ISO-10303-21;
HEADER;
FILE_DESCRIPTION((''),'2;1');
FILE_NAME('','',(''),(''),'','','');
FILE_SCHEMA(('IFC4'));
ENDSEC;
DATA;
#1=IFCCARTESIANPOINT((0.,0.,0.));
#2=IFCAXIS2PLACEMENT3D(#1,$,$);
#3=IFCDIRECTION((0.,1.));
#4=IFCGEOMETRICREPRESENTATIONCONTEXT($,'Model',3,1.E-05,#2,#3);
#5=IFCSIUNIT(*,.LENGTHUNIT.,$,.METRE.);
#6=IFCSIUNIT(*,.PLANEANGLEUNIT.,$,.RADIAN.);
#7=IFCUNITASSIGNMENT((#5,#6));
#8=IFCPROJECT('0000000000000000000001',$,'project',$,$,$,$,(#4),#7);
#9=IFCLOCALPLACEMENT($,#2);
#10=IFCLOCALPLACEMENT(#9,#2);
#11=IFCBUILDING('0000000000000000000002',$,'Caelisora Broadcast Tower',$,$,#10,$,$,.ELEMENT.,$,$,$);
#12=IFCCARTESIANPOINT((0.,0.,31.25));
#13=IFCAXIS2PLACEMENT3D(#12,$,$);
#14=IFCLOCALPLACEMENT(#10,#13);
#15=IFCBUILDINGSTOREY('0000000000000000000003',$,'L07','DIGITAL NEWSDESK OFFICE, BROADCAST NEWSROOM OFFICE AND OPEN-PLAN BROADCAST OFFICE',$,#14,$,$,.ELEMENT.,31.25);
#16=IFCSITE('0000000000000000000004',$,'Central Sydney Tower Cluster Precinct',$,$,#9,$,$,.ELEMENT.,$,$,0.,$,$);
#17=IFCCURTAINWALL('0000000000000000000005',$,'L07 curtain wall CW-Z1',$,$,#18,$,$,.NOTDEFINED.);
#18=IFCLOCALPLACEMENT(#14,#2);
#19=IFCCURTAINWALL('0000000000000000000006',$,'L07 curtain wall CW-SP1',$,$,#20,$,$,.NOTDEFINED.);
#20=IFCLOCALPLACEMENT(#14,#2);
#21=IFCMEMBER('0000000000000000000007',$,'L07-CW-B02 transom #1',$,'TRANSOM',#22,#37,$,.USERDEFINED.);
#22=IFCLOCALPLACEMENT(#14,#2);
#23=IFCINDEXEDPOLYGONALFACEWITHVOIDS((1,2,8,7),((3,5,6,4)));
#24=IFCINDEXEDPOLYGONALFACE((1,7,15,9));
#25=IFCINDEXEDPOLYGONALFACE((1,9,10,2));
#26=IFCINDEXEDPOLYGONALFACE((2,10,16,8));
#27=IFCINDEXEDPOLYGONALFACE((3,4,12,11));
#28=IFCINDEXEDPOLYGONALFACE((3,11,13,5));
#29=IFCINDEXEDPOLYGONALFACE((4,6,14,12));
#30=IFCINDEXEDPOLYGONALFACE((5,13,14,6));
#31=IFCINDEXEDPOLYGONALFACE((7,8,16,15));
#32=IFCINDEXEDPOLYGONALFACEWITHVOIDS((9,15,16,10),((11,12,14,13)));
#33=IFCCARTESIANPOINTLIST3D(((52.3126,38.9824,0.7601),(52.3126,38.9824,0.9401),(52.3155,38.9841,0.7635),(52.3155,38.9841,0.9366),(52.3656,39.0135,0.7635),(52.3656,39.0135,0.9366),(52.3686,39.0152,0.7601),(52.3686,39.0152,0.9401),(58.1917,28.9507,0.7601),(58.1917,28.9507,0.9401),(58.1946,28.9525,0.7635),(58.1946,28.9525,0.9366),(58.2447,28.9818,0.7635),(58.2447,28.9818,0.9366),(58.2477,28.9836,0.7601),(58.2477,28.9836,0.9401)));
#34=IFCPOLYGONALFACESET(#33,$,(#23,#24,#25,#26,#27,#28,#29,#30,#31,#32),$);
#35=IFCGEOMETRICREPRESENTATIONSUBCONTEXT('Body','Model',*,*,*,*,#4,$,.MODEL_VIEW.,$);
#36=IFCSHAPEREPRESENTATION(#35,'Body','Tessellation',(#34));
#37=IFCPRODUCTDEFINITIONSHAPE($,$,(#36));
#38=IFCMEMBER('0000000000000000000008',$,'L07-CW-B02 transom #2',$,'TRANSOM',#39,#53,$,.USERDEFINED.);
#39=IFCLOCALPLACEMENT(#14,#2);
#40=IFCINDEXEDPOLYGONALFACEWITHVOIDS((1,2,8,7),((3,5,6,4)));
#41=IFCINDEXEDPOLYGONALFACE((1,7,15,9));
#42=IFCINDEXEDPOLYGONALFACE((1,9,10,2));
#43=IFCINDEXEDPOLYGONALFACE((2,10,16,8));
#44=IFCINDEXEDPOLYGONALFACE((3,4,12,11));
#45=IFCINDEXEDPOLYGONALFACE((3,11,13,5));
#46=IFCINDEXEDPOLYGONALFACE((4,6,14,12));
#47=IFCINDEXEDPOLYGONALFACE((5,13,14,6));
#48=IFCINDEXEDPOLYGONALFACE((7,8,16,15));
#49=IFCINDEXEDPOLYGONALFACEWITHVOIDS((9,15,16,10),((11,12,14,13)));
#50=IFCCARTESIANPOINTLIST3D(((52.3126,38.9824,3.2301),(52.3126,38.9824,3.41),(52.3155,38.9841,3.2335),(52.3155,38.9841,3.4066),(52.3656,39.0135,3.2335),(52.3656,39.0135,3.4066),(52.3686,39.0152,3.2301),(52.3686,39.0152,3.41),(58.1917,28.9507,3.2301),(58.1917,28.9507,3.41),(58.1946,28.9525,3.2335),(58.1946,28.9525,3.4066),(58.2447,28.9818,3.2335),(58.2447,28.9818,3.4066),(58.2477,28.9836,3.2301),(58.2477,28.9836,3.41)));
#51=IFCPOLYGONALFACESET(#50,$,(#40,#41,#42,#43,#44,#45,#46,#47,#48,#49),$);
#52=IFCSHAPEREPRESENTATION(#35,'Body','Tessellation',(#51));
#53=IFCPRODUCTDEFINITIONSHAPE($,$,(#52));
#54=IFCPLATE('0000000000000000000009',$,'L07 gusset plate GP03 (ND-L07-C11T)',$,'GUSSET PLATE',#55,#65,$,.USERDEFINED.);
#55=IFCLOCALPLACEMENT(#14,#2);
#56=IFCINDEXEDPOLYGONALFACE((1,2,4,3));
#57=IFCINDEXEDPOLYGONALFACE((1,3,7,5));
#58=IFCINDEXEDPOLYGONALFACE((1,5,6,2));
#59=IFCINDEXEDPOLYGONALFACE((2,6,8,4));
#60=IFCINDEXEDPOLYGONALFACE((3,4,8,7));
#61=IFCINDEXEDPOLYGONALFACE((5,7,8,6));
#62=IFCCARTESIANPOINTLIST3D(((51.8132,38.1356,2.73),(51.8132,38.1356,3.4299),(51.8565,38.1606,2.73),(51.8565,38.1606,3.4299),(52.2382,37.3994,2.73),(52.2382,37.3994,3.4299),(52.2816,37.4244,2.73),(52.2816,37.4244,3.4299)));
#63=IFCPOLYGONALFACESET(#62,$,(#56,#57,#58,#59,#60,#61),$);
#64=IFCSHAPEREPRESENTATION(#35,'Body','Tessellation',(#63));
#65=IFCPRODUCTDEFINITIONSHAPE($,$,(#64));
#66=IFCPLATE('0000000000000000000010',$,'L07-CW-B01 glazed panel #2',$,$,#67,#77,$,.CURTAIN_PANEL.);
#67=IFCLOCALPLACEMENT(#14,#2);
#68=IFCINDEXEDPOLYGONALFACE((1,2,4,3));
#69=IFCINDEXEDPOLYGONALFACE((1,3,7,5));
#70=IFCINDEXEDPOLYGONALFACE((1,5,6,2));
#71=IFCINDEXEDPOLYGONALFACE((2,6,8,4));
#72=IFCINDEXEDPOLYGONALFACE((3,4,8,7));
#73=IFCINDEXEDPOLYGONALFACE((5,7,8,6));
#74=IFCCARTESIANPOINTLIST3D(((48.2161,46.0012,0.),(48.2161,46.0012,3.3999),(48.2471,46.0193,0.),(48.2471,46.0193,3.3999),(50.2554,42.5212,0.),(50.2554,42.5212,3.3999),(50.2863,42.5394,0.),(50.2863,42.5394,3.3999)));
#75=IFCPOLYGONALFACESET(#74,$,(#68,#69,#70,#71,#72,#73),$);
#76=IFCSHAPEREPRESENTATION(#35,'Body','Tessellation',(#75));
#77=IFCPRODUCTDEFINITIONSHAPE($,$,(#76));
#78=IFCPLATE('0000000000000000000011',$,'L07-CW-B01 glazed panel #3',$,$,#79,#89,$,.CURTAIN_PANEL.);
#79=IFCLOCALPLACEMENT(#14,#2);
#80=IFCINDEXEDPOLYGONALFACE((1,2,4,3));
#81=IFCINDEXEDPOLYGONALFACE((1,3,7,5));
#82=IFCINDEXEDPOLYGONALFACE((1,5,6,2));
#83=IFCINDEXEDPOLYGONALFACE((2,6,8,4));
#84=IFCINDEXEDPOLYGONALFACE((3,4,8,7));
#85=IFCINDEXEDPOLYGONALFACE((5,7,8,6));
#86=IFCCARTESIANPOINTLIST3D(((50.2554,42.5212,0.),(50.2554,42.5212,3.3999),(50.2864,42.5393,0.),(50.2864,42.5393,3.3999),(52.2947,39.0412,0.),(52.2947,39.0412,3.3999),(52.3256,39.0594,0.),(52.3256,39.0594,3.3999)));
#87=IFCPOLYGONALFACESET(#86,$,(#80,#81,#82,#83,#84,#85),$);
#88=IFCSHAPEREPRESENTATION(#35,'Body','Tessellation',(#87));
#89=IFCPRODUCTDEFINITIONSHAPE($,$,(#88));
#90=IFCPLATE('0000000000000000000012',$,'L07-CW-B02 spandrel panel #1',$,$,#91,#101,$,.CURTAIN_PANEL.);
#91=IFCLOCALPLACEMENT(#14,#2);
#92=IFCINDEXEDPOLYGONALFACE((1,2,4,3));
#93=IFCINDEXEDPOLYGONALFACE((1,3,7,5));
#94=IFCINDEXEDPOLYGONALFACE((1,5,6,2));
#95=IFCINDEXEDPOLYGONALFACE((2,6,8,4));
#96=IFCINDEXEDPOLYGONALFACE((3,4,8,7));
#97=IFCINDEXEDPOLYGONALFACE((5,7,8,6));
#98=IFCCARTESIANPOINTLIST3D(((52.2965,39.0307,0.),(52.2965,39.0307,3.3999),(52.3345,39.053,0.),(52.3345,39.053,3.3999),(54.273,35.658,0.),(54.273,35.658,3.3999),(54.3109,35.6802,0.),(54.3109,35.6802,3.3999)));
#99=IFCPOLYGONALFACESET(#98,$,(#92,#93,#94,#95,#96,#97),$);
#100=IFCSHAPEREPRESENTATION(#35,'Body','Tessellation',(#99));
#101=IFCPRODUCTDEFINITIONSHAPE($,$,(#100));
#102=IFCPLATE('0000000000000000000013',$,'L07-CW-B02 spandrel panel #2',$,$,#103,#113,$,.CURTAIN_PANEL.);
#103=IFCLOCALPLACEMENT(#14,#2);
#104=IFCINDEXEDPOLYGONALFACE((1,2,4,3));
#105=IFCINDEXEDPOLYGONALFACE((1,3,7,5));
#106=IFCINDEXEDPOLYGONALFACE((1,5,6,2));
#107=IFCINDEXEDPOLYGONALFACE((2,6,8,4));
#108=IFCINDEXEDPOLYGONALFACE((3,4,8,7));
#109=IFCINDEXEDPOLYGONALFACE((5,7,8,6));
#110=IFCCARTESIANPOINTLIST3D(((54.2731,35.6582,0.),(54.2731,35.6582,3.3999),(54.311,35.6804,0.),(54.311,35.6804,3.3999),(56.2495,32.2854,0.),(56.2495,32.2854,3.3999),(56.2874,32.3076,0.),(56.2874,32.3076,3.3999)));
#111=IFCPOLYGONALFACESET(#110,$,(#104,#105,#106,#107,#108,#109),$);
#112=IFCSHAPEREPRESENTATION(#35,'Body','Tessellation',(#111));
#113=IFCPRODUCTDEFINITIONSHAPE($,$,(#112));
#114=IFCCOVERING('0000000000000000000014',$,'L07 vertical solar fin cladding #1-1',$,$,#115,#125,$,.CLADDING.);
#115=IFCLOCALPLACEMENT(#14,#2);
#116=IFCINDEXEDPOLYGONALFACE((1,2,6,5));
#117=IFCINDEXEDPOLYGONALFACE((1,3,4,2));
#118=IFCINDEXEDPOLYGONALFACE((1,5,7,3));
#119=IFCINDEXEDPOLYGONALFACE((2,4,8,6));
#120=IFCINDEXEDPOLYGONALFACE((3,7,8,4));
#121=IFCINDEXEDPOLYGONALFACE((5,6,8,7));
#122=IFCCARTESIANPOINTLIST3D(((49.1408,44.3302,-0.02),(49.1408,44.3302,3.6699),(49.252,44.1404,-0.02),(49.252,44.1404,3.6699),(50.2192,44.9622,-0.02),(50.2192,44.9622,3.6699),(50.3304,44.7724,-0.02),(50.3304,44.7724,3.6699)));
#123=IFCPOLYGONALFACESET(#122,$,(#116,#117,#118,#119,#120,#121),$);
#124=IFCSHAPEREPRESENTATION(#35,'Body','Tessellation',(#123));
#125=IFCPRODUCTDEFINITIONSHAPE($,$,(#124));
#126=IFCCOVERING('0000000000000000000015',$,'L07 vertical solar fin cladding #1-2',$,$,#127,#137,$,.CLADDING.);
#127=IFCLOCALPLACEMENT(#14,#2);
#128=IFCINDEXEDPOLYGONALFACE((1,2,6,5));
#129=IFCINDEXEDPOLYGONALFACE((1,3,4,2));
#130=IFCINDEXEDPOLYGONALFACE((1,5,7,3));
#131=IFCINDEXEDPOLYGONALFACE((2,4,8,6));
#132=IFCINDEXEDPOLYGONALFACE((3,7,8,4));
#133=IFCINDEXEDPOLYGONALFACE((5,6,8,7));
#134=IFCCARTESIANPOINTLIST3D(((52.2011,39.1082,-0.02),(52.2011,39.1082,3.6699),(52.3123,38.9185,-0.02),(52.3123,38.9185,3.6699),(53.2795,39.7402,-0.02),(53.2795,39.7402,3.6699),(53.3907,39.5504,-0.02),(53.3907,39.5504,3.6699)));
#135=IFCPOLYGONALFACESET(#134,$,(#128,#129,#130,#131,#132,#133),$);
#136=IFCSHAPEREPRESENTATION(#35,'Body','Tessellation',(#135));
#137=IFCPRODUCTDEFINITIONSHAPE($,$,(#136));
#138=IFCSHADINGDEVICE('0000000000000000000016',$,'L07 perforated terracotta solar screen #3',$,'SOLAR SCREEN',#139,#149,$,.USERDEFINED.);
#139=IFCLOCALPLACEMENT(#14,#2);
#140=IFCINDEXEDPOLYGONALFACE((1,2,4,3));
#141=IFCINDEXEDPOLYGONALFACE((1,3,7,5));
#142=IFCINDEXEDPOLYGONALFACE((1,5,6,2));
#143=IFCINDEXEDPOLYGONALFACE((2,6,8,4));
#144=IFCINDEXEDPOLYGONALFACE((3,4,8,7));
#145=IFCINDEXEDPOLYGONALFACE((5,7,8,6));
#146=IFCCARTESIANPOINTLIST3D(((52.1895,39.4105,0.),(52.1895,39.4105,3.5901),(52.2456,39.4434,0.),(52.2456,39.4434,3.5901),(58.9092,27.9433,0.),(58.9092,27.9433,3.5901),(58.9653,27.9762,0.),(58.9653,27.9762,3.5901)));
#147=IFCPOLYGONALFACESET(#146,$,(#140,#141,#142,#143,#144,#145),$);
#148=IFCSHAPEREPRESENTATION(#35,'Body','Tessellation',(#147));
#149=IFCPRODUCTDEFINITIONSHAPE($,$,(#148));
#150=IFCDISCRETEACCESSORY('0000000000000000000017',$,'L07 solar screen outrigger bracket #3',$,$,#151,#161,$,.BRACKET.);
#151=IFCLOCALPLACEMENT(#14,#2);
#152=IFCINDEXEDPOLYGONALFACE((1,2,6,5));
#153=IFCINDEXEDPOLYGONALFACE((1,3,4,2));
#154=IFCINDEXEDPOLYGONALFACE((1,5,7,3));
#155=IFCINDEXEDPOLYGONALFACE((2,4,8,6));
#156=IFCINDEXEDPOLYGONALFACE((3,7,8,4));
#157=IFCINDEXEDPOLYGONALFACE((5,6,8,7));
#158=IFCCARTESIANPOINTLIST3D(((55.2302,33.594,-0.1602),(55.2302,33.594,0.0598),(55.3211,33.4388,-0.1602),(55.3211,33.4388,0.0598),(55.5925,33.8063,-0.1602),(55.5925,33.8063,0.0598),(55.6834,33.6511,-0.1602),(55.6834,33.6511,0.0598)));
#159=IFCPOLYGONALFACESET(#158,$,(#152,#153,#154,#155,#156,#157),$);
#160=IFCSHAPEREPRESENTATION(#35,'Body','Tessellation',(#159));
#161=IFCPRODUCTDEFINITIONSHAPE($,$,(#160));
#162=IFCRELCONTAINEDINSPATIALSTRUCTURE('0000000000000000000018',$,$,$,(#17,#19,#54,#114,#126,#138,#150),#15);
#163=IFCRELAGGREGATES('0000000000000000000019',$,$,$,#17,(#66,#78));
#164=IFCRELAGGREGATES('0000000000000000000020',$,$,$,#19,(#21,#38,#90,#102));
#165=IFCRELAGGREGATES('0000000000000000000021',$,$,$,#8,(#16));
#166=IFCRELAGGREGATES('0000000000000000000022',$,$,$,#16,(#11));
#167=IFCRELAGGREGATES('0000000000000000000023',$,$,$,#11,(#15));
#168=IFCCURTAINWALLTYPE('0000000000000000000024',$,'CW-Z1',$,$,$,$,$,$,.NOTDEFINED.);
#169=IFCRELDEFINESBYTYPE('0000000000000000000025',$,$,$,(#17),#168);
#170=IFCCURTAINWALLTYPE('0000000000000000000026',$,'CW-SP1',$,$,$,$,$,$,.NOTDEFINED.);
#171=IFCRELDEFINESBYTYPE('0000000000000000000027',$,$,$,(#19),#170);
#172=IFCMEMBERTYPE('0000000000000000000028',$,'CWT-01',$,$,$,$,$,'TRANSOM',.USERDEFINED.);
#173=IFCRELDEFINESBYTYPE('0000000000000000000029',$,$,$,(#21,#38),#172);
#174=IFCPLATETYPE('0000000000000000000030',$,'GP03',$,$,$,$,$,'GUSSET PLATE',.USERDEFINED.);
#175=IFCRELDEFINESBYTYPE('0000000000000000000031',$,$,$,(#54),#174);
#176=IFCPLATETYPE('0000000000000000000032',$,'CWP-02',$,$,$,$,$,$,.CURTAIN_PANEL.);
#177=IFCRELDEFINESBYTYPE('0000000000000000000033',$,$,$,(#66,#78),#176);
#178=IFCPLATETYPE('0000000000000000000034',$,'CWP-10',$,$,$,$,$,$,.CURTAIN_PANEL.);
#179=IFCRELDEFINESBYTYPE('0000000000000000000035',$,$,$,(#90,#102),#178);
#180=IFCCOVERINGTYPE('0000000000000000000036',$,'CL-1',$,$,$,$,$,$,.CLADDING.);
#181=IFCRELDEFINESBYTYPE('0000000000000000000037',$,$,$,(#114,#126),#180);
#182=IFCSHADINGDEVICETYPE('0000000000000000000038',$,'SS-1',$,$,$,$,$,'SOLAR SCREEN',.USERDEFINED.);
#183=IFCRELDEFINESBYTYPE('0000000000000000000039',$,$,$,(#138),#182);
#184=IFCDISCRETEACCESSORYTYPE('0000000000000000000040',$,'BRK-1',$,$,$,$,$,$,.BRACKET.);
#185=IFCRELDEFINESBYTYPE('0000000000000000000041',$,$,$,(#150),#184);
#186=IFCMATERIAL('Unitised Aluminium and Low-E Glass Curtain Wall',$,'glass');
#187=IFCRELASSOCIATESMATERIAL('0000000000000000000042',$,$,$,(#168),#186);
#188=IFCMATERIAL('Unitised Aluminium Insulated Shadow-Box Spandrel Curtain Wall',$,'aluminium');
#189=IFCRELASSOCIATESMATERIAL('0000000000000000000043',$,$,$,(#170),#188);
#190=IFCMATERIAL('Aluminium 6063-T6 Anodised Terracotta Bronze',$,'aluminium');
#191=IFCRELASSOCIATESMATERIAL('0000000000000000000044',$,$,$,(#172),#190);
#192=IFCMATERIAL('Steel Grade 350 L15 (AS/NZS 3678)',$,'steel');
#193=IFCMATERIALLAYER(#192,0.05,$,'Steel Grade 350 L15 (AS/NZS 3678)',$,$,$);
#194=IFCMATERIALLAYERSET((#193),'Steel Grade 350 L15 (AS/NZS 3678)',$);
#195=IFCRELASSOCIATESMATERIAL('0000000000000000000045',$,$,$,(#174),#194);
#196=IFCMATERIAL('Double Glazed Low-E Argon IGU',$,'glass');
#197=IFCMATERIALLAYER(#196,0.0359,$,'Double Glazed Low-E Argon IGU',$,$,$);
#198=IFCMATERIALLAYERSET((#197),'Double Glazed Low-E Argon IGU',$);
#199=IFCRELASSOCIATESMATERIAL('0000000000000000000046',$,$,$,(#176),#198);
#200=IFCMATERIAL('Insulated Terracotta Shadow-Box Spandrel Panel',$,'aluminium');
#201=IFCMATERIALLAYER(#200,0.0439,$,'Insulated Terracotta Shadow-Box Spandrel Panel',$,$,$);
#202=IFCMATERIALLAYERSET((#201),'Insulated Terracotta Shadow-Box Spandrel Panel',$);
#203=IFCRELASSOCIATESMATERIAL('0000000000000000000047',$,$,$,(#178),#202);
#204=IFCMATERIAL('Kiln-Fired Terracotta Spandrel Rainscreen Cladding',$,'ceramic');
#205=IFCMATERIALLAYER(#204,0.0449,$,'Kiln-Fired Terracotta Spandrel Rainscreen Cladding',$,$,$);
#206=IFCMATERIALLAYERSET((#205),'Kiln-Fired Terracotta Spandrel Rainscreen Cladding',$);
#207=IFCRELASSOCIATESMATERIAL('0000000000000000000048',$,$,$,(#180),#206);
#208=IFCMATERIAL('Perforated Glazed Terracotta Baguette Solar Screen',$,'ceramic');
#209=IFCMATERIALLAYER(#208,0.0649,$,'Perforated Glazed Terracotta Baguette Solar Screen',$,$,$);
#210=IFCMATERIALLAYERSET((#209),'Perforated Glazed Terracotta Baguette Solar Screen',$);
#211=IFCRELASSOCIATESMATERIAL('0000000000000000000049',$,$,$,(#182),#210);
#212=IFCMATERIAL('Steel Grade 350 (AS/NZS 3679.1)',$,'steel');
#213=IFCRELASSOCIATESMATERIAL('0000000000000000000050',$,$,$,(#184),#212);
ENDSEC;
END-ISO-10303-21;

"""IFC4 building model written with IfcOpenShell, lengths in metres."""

from ifc_helpers import new_model, si_unit, direction, frame, origin, origin_2d, place, context, subcontext, project, spatial, rectangle, hollow_rectangle, extrude, source, transform, mapped, material, layer, layer_set, material_profile, profile_set, type_object, type_shapes, element, aggregate, save


model = new_model("IFC4")

# Units and contexts
model_context = context("Model", 3, precision=1e-05, world=origin(), true_north=direction((0.0, 1.0)))
body_context = subcontext(model_context, "Body", "Model", "MODEL_VIEW")
ifc_project = project(units=[si_unit("LENGTHUNIT", "METRE"), si_unit("PLANEANGLEUNIT", "RADIAN")], contexts=[model_context])

# Site, building, storey
site_placement = place(None, origin())
site = spatial("IfcSite", under=ifc_project, at=site_placement, Name="Central Sydney Tower Cluster Precinct", CompositionType="ELEMENT", RefElevation=0.0)
building_placement = place(site_placement, origin())
building = spatial("IfcBuilding", under=site, at=building_placement, Name="Caelisora Broadcast Tower", CompositionType="ELEMENT")
storey_placement = place(building_placement, frame((0.0, 0.0, 31.25)))
storey = spatial("IfcBuildingStorey", under=building, at=storey_placement, Name="L07", Description="DIGITAL NEWSDESK OFFICE, BROADCAST NEWSROOM OFFICE AND OPEN-PLAN BROADCAST OFFICE", CompositionType="ELEMENT", Elevation=31.25)

# Shared definitions
ifc_material_1 = material(Name="Steel Grade 350 L15 (AS/NZS 3678)", Category="steel")

# Shared definitions
ifc_material_2 = material(Name="Steel Grade 350 (AS/NZS 3679.1)", Category="steel")

# Curtain walls, members
ifc_material_3 = material(Name="Unitised Aluminium and Low-E Glass Curtain Wall", Category="glass")
curtain_wall_type_1 = type_object("IfcCurtainWallType", Name="CW-Z1", PredefinedType="NOTDEFINED", material=ifc_material_3)
curtain_wall_1_placement = place(storey_placement, origin())
curtain_wall_1 = element("IfcCurtainWall", 1, at=curtain_wall_1_placement, inside=storey, type_object=curtain_wall_type_1, Name="L07 curtain wall CW-Z1", PredefinedType="NOTDEFINED")
ifc_material_4 = material(Name="Aluminium 6063-T6 Anodised Terracotta Bronze", Category="aluminium")
ifc_material_5 = material(Name="Unitised Aluminium Insulated Shadow-Box Spandrel Curtain Wall", Category="aluminium")
curtain_wall_type_2 = type_object("IfcCurtainWallType", Name="CW-SP1", PredefinedType="NOTDEFINED", material=ifc_material_5)
curtain_wall_2_placement = place(storey_placement, origin())
curtain_wall_2 = element("IfcCurtainWall", 2, at=curtain_wall_2_placement, inside=storey, type_object=curtain_wall_type_2, Name="L07 curtain wall CW-SP1", PredefinedType="NOTDEFINED")
ifc_material_profile_1 = material_profile(ifc_material_4, hollow_rectangle(XDim=0.0649, YDim=0.1799, WallThickness=0.0034, at=origin_2d()), Name="Aluminium 6063-T6 Anodised Terracotta Bronze")
ifc_profile_set_1 = profile_set([ifc_material_profile_1], Name="Aluminium 6063-T6 Anodised Terracotta Bronze")
member_type_1 = type_object("IfcMemberType", Name="CWT-01", ElementType="TRANSOM", PredefinedType="USERDEFINED", material=ifc_profile_set_1)
shared_shape_1 = source(origin(), body_context, "Body", "SweptSolid", [
    extrude(hollow_rectangle(XDim=0.0649, YDim=0.1799, WallThickness=0.0034, at=origin_2d()), origin(), (0.0, 0.0, 1.0), 11.6274),
])
type_shapes(member_type_1, [shared_shape_1])
member_1_placement = place(storey_placement, frame((52.3406, 38.9988, 0.8501), z_axis=(0.505622, -0.862755, 0.0), x_axis=(0.862755, 0.505622, 0.0)))
member_1 = element("IfcMember", 3, at=member_1_placement, type_object=member_type_1, Name="L07-CW-B02 transom #1", ObjectType="TRANSOM", PredefinedType="USERDEFINED", context=body_context, shape_type="MappedRepresentation", body=[
    mapped(shared_shape_1, transform((0.0, 0.0, 0.0), scale=1.0)),
])
member_2_placement = place(storey_placement, frame((52.3406, 38.9988, 3.3201), z_axis=(0.505622, -0.862755, 0.0), x_axis=(0.862755, 0.505622, 0.0)))
member_2 = element("IfcMember", 4, at=member_2_placement, type_object=member_type_1, Name="L07-CW-B02 transom #2", ObjectType="TRANSOM", PredefinedType="USERDEFINED", context=body_context, shape_type="MappedRepresentation", body=[
    mapped(shared_shape_1, transform((0.0, 0.0, 0.0), scale=1.0)),
])

# Plates
ifc_layer_1 = layer(ifc_material_1, 0.05, Name="Steel Grade 350 L15 (AS/NZS 3678)")
ifc_layer_set_1 = layer_set([ifc_layer_1], Name="Steel Grade 350 L15 (AS/NZS 3678)")
plate_type_1 = type_object("IfcPlateType", Name="GP03", ElementType="GUSSET PLATE", PredefinedType="USERDEFINED", material=ifc_layer_set_1)
shared_shape_2 = source(origin(), body_context, "Body", "SweptSolid", [
    extrude(rectangle(XDim=0.8501, YDim=0.05, at=origin_2d()), origin(), (0.0, 0.0, 1.0), 0.7),
])
type_shapes(plate_type_1, [shared_shape_2])
plate_1_placement = place(storey_placement, frame((52.0474, 37.78, 2.73), z_axis=(0.0, 0.0, 1.0), x_axis=(-0.5, 0.866025, 0.0)))
element("IfcPlate", 5, at=plate_1_placement, inside=storey, type_object=plate_type_1, Name="L07 gusset plate GP03 (ND-L07-C11T)", ObjectType="GUSSET PLATE", PredefinedType="USERDEFINED", context=body_context, shape_type="MappedRepresentation", body=[
    mapped(shared_shape_2, transform((0.0, 0.0, 0.0), scale=1.0)),
])
ifc_material_6 = material(Name="Double Glazed Low-E Argon IGU", Category="glass")
ifc_layer_2 = layer(ifc_material_6, 0.0359, Name="Double Glazed Low-E Argon IGU")
ifc_layer_set_2 = layer_set([ifc_layer_2], Name="Double Glazed Low-E Argon IGU")
plate_type_2 = type_object("IfcPlateType", Name="CWP-02", PredefinedType="CURTAIN_PANEL", material=ifc_layer_set_2)
shared_shape_3 = source(origin(), body_context, "Body", "SweptSolid", [
    extrude(rectangle(XDim=4.0334, YDim=0.0359, at=origin_2d()), origin(), (0.0, 0.0, 1.0), 3.3999),
])
type_shapes(plate_type_2, [shared_shape_3])
plate_2_placement = place(storey_placement, frame((49.2512, 44.2703, 0.0), z_axis=(0.0, 0.0, 1.0), x_axis=(0.505582, -0.862779, 0.0)))
plate_2 = element("IfcPlate", 6, at=plate_2_placement, type_object=plate_type_2, Name="L07-CW-B01 glazed panel #2", PredefinedType="CURTAIN_PANEL", context=body_context, shape_type="MappedRepresentation", body=[
    mapped(shared_shape_3, transform((0.0, 0.0, 0.0), scale=1.0)),
])
plate_3_placement = place(storey_placement, frame((51.2905, 40.7903, 0.0), z_axis=(0.0, 0.0, 1.0), x_axis=(0.505582, -0.862779, 0.0)))
plate_3 = element("IfcPlate", 7, at=plate_3_placement, type_object=plate_type_2, Name="L07-CW-B01 glazed panel #3", PredefinedType="CURTAIN_PANEL", context=body_context, shape_type="MappedRepresentation", body=[
    mapped(shared_shape_3, transform((0.0, 0.0, 0.0), scale=1.0)),
])
aggregate(curtain_wall_1, [plate_2, plate_3])
ifc_material_7 = material(Name="Insulated Terracotta Shadow-Box Spandrel Panel", Category="aluminium")
ifc_layer_3 = layer(ifc_material_7, 0.0439, Name="Insulated Terracotta Shadow-Box Spandrel Panel")
ifc_layer_set_3 = layer_set([ifc_layer_3], Name="Insulated Terracotta Shadow-Box Spandrel Panel")
plate_type_3 = type_object("IfcPlateType", Name="CWP-10", PredefinedType="CURTAIN_PANEL", material=ifc_layer_set_3)
shared_shape_4 = source(origin(), body_context, "Body", "SweptSolid", [
    extrude(rectangle(XDim=3.9092, YDim=0.0439, at=origin_2d()), origin(), (0.0, 0.0, 1.0), 3.3999),
])
type_shapes(plate_type_3, [shared_shape_4])
plate_4_placement = place(storey_placement, frame((53.3037, 37.3555, 0.0), z_axis=(0.0, 0.0, 1.0), x_axis=(0.505582, -0.862779, 0.0)))
plate_4 = element("IfcPlate", 8, at=plate_4_placement, type_object=plate_type_3, Name="L07-CW-B02 spandrel panel #1", PredefinedType="CURTAIN_PANEL", context=body_context, shape_type="MappedRepresentation", body=[
    mapped(shared_shape_4, transform((0.0, 0.0, 0.0), scale=1.0)),
])
plate_5_placement = place(storey_placement, frame((55.2803, 33.9829, 0.0), z_axis=(0.0, 0.0, 1.0), x_axis=(0.505582, -0.862779, 0.0)))
plate_5 = element("IfcPlate", 9, at=plate_5_placement, type_object=plate_type_3, Name="L07-CW-B02 spandrel panel #2", PredefinedType="CURTAIN_PANEL", context=body_context, shape_type="MappedRepresentation", body=[
    mapped(shared_shape_4, transform((0.0, 0.0, 0.0), scale=1.0)),
])
aggregate(curtain_wall_2, [member_1, member_2, plate_4, plate_5])

# Coverings
ifc_material_8 = material(Name="Kiln-Fired Terracotta Spandrel Rainscreen Cladding", Category="ceramic")
ifc_layer_4 = layer(ifc_material_8, 0.0449, Name="Kiln-Fired Terracotta Spandrel Rainscreen Cladding")
ifc_layer_set_4 = layer_set([ifc_layer_4], Name="Kiln-Fired Terracotta Spandrel Rainscreen Cladding")
covering_type = type_object("IfcCoveringType", Name="CL-1", PredefinedType="CLADDING", material=ifc_layer_set_4)
shared_shape_5 = source(origin(), body_context, "Body", "SweptSolid", [
    extrude(rectangle(XDim=0.22, YDim=1.25, at=origin_2d()), origin(), (0.0, 0.0, 1.0), 3.6899),
])
type_shapes(covering_type, [shared_shape_5])
for number, where, z_axis, x_axis, name in (
    (10, (49.7356, 44.5513, -0.02), (0.0, 0.0, 1.0), (0.505582, -0.862779, 0.0), "L07 vertical solar fin cladding #1-1"),
    (11, (52.7959, 39.3293, -0.02), (0.0, 0.0, 1.0), (0.505582, -0.862779, 0.0), "L07 vertical solar fin cladding #1-2"),
):
    element("IfcCovering", number, at=place(storey_placement, frame(where, z_axis=z_axis, x_axis=x_axis)), inside=storey, type_object=covering_type, Name=name, PredefinedType="CLADDING", context=body_context, shape_type="MappedRepresentation", body=[
        mapped(shared_shape_5, transform((0.0, 0.0, 0.0), scale=1.0)),
    ])

# Shading device
ifc_material_9 = material(Name="Perforated Glazed Terracotta Baguette Solar Screen", Category="ceramic")
ifc_layer_5 = layer(ifc_material_9, 0.0649, Name="Perforated Glazed Terracotta Baguette Solar Screen")
ifc_layer_set_5 = layer_set([ifc_layer_5], Name="Perforated Glazed Terracotta Baguette Solar Screen")
shading_device_type = type_object("IfcShadingDeviceType", Name="SS-1", ElementType="SOLAR SCREEN", PredefinedType="USERDEFINED", material=ifc_layer_set_5)
shared_shape_6 = source(origin(), body_context, "Body", "SweptSolid", [
    extrude(rectangle(XDim=13.291, YDim=0.0649, at=origin_2d()), origin(), (0.0, 0.0, 1.0), 3.5901),
])
type_shapes(shading_device_type, [shared_shape_6])
shading_device_placement = place(storey_placement, frame((55.5774, 33.6934, 0.0), z_axis=(0.0, 0.0, 1.0), x_axis=(-0.505582, 0.862779, 0.0)))
element("IfcShadingDevice", 12, at=shading_device_placement, inside=storey, type_object=shading_device_type, Name="L07 perforated terracotta solar screen #3", ObjectType="SOLAR SCREEN", PredefinedType="USERDEFINED", context=body_context, shape_type="MappedRepresentation", body=[
    mapped(shared_shape_6, transform((0.0, 0.0, 0.0), scale=1.0)),
])

# Discrete accessory
discrete_accessory_type = type_object("IfcDiscreteAccessoryType", Name="BRK-1", PredefinedType="BRACKET", material=ifc_material_2)
shared_shape_7 = source(origin(), body_context, "Body", "SweptSolid", [
    extrude(rectangle(XDim=0.1799, YDim=0.4199, at=origin_2d()), origin(), (0.0, 0.0, 1.0), 0.22),
])
type_shapes(discrete_accessory_type, [shared_shape_7])
discrete_accessory_placement = place(storey_placement, frame((55.4568, 33.6226, -0.1602), z_axis=(0.0, 0.0, 1.0), x_axis=(-0.505582, 0.862779, 0.0)))
element("IfcDiscreteAccessory", 13, at=discrete_accessory_placement, inside=storey, type_object=discrete_accessory_type, Name="L07 solar screen outrigger bracket #3", PredefinedType="BRACKET", context=body_context, shape_type="MappedRepresentation", body=[
    mapped(shared_shape_7, transform((0.0, 0.0, 0.0), scale=1.0)),
])

save(model, "model.ifc")
